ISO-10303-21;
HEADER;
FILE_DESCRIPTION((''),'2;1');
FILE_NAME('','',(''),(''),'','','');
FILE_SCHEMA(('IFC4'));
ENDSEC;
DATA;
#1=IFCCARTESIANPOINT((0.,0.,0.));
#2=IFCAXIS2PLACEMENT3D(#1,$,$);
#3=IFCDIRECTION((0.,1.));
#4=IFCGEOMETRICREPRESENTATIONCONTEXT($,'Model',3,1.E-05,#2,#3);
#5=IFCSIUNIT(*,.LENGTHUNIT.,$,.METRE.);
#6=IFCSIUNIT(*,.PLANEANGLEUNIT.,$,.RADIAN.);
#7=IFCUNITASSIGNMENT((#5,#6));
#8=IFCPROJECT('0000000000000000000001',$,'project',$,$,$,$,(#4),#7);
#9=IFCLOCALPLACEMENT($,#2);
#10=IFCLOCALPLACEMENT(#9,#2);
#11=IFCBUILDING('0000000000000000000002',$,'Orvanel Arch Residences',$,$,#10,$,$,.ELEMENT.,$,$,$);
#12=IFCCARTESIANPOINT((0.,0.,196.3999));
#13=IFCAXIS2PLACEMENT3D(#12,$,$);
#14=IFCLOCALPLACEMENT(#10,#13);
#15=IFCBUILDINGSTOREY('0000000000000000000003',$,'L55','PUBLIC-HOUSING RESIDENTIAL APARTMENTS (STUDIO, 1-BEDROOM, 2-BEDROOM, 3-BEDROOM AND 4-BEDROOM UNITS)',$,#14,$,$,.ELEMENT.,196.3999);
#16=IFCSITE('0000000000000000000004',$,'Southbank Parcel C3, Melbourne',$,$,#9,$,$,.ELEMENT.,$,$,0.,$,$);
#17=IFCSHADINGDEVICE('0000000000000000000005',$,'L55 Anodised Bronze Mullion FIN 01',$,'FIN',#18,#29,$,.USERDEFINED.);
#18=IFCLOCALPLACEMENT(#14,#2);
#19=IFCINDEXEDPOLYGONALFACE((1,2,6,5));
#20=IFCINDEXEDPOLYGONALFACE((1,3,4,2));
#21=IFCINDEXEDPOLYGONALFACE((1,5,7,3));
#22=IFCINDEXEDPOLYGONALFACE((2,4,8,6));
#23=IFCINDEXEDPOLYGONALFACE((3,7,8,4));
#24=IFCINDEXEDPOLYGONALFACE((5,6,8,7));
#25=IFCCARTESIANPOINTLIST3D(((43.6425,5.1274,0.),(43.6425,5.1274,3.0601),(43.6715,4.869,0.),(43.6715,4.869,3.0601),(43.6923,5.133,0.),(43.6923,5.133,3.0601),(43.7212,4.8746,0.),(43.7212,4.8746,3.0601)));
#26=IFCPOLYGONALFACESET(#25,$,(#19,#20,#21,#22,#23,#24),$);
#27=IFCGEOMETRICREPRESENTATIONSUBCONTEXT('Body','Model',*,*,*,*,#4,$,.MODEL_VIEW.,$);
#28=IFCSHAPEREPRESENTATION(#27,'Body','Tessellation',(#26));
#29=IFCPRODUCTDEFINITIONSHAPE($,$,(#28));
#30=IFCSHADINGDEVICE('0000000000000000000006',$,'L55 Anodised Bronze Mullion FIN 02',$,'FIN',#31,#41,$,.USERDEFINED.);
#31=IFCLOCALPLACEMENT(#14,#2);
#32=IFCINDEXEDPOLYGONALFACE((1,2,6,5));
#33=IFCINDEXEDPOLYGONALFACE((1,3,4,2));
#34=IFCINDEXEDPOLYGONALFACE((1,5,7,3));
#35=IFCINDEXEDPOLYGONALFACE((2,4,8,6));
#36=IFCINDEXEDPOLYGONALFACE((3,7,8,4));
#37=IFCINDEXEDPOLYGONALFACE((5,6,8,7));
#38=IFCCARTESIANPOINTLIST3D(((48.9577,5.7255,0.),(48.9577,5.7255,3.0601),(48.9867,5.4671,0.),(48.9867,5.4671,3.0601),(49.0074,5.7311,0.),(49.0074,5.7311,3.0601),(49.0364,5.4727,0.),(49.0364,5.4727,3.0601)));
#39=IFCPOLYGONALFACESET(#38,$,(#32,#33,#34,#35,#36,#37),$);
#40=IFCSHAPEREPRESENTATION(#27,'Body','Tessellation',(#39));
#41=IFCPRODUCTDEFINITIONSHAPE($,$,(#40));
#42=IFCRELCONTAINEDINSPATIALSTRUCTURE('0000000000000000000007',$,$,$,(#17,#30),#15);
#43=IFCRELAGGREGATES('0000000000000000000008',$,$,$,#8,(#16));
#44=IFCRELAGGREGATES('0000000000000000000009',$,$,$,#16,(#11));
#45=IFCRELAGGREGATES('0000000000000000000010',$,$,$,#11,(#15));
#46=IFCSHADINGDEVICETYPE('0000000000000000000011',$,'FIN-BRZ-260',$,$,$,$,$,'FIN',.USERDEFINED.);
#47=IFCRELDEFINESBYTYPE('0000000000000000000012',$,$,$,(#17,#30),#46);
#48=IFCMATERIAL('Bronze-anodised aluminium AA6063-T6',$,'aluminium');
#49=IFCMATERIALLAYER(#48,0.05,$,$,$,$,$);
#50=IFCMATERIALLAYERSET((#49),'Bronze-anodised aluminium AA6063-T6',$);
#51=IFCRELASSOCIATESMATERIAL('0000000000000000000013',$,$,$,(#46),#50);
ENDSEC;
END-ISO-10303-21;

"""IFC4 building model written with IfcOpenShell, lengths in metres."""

from ifc_helpers import new_model, si_unit, direction, frame, origin, origin_2d, place, context, subcontext, project, spatial, rectangle, extrude, material, layer, layer_set, type_object, element, save


model = new_model("IFC4")

# Units and contexts
model_context = context("Model", 3, precision=1e-05, world=origin(), true_north=direction((0.0, 1.0)))
body_context = subcontext(model_context, "Body", "Model", "MODEL_VIEW")
ifc_project = project(units=[si_unit("LENGTHUNIT", "METRE"), si_unit("PLANEANGLEUNIT", "RADIAN")], contexts=[model_context])

# Site, building, storey
site_placement = place(None, origin())
site = spatial("IfcSite", under=ifc_project, at=site_placement, Name="Southbank Parcel C3, Melbourne", CompositionType="ELEMENT", RefElevation=0.0)
building_placement = place(site_placement, origin())
building = spatial("IfcBuilding", under=site, at=building_placement, Name="Orvanel Arch Residences", CompositionType="ELEMENT")
storey_placement = place(building_placement, frame((0.0, 0.0, 196.3999)))
storey = spatial("IfcBuildingStorey", under=building, at=storey_placement, Name="L55", Description="PUBLIC-HOUSING RESIDENTIAL APARTMENTS (STUDIO, 1-BEDROOM, 2-BEDROOM, 3-BEDROOM AND 4-BEDROOM UNITS)", CompositionType="ELEMENT", Elevation=196.3999)

# Shared definitions
ifc_material_1 = material(Name="Bronze-anodised aluminium AA6063-T6", Category="aluminium")

# Shading devices
ifc_layer_1 = layer(ifc_material_1, 0.05)
ifc_layer_set_1 = layer_set([ifc_layer_1], Name="Bronze-anodised aluminium AA6063-T6")
shading_device_type = type_object("IfcShadingDeviceType", Name="FIN-BRZ-260", ElementType="FIN", PredefinedType="USERDEFINED", material=ifc_layer_set_1)
for number, where, z_axis, x_axis, name in (
    (1, (43.6819, 5.001, 0.0), (0.0, 0.0, 1.0), (0.111469, -0.993768, 0.0), "L55 Anodised Bronze Mullion FIN 01"),
    (2, (48.9971, 5.5991, 0.0), (0.0, 0.0, 1.0), (0.111469, -0.993768, 0.0), "L55 Anodised Bronze Mullion FIN 02"),
):
    element("IfcShadingDevice", number, at=place(storey_placement, frame(where, z_axis=z_axis, x_axis=x_axis)), inside=storey, type_object=shading_device_type, Name=name, ObjectType="FIN", PredefinedType="USERDEFINED", context=body_context, shape_type="SweptSolid", body=[
        extrude(rectangle(XDim=0.26, YDim=0.05, at=origin_2d()), origin(), (0.0, 0.0, 1.0), 3.0601),
    ])

save(model, "model.ifc")
